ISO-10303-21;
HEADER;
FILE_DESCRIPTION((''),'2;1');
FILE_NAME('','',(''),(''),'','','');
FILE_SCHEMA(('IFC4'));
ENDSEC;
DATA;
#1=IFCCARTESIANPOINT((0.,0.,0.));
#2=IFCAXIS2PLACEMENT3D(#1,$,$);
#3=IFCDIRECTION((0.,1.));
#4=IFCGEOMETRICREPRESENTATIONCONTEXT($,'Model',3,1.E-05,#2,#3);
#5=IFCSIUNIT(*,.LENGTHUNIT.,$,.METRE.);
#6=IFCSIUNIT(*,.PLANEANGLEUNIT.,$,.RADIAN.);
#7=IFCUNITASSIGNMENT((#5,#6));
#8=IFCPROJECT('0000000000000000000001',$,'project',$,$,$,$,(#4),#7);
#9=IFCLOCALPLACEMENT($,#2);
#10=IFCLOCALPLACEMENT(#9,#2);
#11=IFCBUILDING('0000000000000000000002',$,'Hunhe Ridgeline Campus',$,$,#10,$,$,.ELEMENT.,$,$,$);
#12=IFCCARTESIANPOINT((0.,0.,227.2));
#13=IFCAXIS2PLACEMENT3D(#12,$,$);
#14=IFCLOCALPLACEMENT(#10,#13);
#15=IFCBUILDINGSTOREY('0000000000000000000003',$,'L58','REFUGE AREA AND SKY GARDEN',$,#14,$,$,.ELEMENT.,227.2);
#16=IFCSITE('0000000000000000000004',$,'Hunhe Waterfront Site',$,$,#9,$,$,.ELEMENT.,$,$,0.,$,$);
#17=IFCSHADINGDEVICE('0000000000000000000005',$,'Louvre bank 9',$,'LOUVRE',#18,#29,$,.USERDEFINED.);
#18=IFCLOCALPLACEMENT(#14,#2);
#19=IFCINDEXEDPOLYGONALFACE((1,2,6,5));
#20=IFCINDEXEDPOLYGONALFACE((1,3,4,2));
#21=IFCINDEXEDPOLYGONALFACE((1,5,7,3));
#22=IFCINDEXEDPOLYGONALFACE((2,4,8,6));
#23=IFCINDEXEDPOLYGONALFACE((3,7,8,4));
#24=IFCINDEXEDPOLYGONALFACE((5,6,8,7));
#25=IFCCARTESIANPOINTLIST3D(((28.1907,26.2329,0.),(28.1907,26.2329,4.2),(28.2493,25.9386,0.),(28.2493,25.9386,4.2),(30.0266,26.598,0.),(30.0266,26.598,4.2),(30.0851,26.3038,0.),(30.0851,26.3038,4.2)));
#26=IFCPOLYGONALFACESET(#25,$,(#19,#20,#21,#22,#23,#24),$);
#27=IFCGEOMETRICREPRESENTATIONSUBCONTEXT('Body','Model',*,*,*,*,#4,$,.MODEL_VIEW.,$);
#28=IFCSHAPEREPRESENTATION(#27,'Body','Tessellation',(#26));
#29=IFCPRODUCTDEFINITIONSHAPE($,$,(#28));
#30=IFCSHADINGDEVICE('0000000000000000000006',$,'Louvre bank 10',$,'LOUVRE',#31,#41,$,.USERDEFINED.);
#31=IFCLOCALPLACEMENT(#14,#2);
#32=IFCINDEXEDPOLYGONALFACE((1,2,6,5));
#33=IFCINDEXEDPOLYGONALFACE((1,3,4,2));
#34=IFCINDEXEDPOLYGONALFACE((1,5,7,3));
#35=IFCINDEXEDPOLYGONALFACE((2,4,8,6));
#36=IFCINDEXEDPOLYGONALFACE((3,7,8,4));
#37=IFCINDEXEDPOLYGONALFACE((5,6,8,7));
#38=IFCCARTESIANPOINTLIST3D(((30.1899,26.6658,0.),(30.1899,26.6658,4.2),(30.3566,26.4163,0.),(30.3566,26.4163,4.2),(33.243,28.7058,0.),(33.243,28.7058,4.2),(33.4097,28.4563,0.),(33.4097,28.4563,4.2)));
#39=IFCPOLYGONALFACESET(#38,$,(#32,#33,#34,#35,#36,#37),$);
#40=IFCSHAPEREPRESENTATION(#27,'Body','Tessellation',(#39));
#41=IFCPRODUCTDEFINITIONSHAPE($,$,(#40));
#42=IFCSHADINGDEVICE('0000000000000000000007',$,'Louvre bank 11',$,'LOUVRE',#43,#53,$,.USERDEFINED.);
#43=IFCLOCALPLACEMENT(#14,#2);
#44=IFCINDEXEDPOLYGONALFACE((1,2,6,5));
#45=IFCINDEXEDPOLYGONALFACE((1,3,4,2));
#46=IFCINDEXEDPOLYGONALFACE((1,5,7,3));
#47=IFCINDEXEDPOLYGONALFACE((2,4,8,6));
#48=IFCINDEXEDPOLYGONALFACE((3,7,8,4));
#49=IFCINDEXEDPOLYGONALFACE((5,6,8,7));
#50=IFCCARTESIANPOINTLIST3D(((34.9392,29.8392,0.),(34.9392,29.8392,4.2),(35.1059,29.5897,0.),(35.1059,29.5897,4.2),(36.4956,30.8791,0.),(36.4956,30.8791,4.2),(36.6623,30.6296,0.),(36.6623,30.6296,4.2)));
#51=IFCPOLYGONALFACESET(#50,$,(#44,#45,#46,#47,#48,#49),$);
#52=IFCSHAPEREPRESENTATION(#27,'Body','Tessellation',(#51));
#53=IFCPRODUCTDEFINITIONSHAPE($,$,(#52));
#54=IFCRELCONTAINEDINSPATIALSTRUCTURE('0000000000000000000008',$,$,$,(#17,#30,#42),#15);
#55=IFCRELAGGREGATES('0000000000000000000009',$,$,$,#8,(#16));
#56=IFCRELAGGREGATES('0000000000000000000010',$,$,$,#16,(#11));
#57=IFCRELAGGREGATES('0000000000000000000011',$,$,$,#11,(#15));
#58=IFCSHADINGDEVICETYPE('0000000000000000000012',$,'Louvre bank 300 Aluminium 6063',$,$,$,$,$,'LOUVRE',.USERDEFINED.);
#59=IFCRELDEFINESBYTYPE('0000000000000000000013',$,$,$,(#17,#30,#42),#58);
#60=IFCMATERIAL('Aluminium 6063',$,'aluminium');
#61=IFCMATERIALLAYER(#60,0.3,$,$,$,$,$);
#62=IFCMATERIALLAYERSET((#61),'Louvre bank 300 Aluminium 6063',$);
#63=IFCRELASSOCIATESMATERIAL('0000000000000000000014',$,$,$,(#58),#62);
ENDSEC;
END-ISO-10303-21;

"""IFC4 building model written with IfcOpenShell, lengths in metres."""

from ifc_helpers import new_model, si_unit, direction, frame, origin, origin_2d, place, context, subcontext, project, spatial, rectangle, extrude, material, layer, layer_set, type_object, element, save


model = new_model("IFC4")

# Units and contexts
model_context = context("Model", 3, precision=1e-05, world=origin(), true_north=direction((0.0, 1.0)))
body_context = subcontext(model_context, "Body", "Model", "MODEL_VIEW")
ifc_project = project(units=[si_unit("LENGTHUNIT", "METRE"), si_unit("PLANEANGLEUNIT", "RADIAN")], contexts=[model_context])

# Site, building, storey
site_placement = place(None, origin())
site = spatial("IfcSite", under=ifc_project, at=site_placement, Name="Hunhe Waterfront Site", CompositionType="ELEMENT", RefElevation=0.0)
building_placement = place(site_placement, origin())
building = spatial("IfcBuilding", under=site, at=building_placement, Name="Hunhe Ridgeline Campus", CompositionType="ELEMENT")
storey_placement = place(building_placement, frame((0.0, 0.0, 227.2)))
storey = spatial("IfcBuildingStorey", under=building, at=storey_placement, Name="L58", Description="REFUGE AREA AND SKY GARDEN", CompositionType="ELEMENT", Elevation=227.2)

# Shared definitions
ifc_material_1 = material(Name="Aluminium 6063", Category="aluminium")

# Shading devices
ifc_layer_1 = layer(ifc_material_1, 0.3)
ifc_layer_set_1 = layer_set([ifc_layer_1], Name="Louvre bank 300 Aluminium 6063")
shading_device_type = type_object("IfcShadingDeviceType", Name="Louvre bank 300 Aluminium 6063", ElementType="LOUVRE", PredefinedType="USERDEFINED", material=ifc_layer_set_1)
shading_device_1_placement = place(storey_placement, frame((29.1379, 26.2683, 0.0), z_axis=(0.0, 0.0, 1.0), x_axis=(0.980785, 0.19509, 0.0)))
element("IfcShadingDevice", 1, at=shading_device_1_placement, inside=storey, type_object=shading_device_type, Name="Louvre bank 9", ObjectType="LOUVRE", PredefinedType="USERDEFINED", context=body_context, shape_type="SweptSolid", body=[
    extrude(rectangle(XDim=1.8718, YDim=0.3, at=origin_2d()), origin(), (0.0, 0.0, 1.0), 4.2),
])
shading_device_2_placement = place(storey_placement, frame((31.7998, 27.561, 0.0), z_axis=(0.0, 0.0, 1.0), x_axis=(0.83147, 0.55557, 0.0)))
element("IfcShadingDevice", 2, at=shading_device_2_placement, inside=storey, type_object=shading_device_type, Name="Louvre bank 10", ObjectType="LOUVRE", PredefinedType="USERDEFINED", context=body_context, shape_type="SweptSolid", body=[
    extrude(rectangle(XDim=3.6719, YDim=0.3, at=origin_2d()), origin(), (0.0, 0.0, 1.0), 4.2),
])
shading_device_3_placement = place(storey_placement, frame((35.8008, 30.2344, 0.0), z_axis=(0.0, 0.0, 1.0), x_axis=(0.83147, 0.55557, 0.0)))
element("IfcShadingDevice", 3, at=shading_device_3_placement, inside=storey, type_object=shading_device_type, Name="Louvre bank 11", ObjectType="LOUVRE", PredefinedType="USERDEFINED", context=body_context, shape_type="SweptSolid", body=[
    extrude(rectangle(XDim=1.8718, YDim=0.3, at=origin_2d()), origin(), (0.0, 0.0, 1.0), 4.2),
])

save(model, "model.ifc")
